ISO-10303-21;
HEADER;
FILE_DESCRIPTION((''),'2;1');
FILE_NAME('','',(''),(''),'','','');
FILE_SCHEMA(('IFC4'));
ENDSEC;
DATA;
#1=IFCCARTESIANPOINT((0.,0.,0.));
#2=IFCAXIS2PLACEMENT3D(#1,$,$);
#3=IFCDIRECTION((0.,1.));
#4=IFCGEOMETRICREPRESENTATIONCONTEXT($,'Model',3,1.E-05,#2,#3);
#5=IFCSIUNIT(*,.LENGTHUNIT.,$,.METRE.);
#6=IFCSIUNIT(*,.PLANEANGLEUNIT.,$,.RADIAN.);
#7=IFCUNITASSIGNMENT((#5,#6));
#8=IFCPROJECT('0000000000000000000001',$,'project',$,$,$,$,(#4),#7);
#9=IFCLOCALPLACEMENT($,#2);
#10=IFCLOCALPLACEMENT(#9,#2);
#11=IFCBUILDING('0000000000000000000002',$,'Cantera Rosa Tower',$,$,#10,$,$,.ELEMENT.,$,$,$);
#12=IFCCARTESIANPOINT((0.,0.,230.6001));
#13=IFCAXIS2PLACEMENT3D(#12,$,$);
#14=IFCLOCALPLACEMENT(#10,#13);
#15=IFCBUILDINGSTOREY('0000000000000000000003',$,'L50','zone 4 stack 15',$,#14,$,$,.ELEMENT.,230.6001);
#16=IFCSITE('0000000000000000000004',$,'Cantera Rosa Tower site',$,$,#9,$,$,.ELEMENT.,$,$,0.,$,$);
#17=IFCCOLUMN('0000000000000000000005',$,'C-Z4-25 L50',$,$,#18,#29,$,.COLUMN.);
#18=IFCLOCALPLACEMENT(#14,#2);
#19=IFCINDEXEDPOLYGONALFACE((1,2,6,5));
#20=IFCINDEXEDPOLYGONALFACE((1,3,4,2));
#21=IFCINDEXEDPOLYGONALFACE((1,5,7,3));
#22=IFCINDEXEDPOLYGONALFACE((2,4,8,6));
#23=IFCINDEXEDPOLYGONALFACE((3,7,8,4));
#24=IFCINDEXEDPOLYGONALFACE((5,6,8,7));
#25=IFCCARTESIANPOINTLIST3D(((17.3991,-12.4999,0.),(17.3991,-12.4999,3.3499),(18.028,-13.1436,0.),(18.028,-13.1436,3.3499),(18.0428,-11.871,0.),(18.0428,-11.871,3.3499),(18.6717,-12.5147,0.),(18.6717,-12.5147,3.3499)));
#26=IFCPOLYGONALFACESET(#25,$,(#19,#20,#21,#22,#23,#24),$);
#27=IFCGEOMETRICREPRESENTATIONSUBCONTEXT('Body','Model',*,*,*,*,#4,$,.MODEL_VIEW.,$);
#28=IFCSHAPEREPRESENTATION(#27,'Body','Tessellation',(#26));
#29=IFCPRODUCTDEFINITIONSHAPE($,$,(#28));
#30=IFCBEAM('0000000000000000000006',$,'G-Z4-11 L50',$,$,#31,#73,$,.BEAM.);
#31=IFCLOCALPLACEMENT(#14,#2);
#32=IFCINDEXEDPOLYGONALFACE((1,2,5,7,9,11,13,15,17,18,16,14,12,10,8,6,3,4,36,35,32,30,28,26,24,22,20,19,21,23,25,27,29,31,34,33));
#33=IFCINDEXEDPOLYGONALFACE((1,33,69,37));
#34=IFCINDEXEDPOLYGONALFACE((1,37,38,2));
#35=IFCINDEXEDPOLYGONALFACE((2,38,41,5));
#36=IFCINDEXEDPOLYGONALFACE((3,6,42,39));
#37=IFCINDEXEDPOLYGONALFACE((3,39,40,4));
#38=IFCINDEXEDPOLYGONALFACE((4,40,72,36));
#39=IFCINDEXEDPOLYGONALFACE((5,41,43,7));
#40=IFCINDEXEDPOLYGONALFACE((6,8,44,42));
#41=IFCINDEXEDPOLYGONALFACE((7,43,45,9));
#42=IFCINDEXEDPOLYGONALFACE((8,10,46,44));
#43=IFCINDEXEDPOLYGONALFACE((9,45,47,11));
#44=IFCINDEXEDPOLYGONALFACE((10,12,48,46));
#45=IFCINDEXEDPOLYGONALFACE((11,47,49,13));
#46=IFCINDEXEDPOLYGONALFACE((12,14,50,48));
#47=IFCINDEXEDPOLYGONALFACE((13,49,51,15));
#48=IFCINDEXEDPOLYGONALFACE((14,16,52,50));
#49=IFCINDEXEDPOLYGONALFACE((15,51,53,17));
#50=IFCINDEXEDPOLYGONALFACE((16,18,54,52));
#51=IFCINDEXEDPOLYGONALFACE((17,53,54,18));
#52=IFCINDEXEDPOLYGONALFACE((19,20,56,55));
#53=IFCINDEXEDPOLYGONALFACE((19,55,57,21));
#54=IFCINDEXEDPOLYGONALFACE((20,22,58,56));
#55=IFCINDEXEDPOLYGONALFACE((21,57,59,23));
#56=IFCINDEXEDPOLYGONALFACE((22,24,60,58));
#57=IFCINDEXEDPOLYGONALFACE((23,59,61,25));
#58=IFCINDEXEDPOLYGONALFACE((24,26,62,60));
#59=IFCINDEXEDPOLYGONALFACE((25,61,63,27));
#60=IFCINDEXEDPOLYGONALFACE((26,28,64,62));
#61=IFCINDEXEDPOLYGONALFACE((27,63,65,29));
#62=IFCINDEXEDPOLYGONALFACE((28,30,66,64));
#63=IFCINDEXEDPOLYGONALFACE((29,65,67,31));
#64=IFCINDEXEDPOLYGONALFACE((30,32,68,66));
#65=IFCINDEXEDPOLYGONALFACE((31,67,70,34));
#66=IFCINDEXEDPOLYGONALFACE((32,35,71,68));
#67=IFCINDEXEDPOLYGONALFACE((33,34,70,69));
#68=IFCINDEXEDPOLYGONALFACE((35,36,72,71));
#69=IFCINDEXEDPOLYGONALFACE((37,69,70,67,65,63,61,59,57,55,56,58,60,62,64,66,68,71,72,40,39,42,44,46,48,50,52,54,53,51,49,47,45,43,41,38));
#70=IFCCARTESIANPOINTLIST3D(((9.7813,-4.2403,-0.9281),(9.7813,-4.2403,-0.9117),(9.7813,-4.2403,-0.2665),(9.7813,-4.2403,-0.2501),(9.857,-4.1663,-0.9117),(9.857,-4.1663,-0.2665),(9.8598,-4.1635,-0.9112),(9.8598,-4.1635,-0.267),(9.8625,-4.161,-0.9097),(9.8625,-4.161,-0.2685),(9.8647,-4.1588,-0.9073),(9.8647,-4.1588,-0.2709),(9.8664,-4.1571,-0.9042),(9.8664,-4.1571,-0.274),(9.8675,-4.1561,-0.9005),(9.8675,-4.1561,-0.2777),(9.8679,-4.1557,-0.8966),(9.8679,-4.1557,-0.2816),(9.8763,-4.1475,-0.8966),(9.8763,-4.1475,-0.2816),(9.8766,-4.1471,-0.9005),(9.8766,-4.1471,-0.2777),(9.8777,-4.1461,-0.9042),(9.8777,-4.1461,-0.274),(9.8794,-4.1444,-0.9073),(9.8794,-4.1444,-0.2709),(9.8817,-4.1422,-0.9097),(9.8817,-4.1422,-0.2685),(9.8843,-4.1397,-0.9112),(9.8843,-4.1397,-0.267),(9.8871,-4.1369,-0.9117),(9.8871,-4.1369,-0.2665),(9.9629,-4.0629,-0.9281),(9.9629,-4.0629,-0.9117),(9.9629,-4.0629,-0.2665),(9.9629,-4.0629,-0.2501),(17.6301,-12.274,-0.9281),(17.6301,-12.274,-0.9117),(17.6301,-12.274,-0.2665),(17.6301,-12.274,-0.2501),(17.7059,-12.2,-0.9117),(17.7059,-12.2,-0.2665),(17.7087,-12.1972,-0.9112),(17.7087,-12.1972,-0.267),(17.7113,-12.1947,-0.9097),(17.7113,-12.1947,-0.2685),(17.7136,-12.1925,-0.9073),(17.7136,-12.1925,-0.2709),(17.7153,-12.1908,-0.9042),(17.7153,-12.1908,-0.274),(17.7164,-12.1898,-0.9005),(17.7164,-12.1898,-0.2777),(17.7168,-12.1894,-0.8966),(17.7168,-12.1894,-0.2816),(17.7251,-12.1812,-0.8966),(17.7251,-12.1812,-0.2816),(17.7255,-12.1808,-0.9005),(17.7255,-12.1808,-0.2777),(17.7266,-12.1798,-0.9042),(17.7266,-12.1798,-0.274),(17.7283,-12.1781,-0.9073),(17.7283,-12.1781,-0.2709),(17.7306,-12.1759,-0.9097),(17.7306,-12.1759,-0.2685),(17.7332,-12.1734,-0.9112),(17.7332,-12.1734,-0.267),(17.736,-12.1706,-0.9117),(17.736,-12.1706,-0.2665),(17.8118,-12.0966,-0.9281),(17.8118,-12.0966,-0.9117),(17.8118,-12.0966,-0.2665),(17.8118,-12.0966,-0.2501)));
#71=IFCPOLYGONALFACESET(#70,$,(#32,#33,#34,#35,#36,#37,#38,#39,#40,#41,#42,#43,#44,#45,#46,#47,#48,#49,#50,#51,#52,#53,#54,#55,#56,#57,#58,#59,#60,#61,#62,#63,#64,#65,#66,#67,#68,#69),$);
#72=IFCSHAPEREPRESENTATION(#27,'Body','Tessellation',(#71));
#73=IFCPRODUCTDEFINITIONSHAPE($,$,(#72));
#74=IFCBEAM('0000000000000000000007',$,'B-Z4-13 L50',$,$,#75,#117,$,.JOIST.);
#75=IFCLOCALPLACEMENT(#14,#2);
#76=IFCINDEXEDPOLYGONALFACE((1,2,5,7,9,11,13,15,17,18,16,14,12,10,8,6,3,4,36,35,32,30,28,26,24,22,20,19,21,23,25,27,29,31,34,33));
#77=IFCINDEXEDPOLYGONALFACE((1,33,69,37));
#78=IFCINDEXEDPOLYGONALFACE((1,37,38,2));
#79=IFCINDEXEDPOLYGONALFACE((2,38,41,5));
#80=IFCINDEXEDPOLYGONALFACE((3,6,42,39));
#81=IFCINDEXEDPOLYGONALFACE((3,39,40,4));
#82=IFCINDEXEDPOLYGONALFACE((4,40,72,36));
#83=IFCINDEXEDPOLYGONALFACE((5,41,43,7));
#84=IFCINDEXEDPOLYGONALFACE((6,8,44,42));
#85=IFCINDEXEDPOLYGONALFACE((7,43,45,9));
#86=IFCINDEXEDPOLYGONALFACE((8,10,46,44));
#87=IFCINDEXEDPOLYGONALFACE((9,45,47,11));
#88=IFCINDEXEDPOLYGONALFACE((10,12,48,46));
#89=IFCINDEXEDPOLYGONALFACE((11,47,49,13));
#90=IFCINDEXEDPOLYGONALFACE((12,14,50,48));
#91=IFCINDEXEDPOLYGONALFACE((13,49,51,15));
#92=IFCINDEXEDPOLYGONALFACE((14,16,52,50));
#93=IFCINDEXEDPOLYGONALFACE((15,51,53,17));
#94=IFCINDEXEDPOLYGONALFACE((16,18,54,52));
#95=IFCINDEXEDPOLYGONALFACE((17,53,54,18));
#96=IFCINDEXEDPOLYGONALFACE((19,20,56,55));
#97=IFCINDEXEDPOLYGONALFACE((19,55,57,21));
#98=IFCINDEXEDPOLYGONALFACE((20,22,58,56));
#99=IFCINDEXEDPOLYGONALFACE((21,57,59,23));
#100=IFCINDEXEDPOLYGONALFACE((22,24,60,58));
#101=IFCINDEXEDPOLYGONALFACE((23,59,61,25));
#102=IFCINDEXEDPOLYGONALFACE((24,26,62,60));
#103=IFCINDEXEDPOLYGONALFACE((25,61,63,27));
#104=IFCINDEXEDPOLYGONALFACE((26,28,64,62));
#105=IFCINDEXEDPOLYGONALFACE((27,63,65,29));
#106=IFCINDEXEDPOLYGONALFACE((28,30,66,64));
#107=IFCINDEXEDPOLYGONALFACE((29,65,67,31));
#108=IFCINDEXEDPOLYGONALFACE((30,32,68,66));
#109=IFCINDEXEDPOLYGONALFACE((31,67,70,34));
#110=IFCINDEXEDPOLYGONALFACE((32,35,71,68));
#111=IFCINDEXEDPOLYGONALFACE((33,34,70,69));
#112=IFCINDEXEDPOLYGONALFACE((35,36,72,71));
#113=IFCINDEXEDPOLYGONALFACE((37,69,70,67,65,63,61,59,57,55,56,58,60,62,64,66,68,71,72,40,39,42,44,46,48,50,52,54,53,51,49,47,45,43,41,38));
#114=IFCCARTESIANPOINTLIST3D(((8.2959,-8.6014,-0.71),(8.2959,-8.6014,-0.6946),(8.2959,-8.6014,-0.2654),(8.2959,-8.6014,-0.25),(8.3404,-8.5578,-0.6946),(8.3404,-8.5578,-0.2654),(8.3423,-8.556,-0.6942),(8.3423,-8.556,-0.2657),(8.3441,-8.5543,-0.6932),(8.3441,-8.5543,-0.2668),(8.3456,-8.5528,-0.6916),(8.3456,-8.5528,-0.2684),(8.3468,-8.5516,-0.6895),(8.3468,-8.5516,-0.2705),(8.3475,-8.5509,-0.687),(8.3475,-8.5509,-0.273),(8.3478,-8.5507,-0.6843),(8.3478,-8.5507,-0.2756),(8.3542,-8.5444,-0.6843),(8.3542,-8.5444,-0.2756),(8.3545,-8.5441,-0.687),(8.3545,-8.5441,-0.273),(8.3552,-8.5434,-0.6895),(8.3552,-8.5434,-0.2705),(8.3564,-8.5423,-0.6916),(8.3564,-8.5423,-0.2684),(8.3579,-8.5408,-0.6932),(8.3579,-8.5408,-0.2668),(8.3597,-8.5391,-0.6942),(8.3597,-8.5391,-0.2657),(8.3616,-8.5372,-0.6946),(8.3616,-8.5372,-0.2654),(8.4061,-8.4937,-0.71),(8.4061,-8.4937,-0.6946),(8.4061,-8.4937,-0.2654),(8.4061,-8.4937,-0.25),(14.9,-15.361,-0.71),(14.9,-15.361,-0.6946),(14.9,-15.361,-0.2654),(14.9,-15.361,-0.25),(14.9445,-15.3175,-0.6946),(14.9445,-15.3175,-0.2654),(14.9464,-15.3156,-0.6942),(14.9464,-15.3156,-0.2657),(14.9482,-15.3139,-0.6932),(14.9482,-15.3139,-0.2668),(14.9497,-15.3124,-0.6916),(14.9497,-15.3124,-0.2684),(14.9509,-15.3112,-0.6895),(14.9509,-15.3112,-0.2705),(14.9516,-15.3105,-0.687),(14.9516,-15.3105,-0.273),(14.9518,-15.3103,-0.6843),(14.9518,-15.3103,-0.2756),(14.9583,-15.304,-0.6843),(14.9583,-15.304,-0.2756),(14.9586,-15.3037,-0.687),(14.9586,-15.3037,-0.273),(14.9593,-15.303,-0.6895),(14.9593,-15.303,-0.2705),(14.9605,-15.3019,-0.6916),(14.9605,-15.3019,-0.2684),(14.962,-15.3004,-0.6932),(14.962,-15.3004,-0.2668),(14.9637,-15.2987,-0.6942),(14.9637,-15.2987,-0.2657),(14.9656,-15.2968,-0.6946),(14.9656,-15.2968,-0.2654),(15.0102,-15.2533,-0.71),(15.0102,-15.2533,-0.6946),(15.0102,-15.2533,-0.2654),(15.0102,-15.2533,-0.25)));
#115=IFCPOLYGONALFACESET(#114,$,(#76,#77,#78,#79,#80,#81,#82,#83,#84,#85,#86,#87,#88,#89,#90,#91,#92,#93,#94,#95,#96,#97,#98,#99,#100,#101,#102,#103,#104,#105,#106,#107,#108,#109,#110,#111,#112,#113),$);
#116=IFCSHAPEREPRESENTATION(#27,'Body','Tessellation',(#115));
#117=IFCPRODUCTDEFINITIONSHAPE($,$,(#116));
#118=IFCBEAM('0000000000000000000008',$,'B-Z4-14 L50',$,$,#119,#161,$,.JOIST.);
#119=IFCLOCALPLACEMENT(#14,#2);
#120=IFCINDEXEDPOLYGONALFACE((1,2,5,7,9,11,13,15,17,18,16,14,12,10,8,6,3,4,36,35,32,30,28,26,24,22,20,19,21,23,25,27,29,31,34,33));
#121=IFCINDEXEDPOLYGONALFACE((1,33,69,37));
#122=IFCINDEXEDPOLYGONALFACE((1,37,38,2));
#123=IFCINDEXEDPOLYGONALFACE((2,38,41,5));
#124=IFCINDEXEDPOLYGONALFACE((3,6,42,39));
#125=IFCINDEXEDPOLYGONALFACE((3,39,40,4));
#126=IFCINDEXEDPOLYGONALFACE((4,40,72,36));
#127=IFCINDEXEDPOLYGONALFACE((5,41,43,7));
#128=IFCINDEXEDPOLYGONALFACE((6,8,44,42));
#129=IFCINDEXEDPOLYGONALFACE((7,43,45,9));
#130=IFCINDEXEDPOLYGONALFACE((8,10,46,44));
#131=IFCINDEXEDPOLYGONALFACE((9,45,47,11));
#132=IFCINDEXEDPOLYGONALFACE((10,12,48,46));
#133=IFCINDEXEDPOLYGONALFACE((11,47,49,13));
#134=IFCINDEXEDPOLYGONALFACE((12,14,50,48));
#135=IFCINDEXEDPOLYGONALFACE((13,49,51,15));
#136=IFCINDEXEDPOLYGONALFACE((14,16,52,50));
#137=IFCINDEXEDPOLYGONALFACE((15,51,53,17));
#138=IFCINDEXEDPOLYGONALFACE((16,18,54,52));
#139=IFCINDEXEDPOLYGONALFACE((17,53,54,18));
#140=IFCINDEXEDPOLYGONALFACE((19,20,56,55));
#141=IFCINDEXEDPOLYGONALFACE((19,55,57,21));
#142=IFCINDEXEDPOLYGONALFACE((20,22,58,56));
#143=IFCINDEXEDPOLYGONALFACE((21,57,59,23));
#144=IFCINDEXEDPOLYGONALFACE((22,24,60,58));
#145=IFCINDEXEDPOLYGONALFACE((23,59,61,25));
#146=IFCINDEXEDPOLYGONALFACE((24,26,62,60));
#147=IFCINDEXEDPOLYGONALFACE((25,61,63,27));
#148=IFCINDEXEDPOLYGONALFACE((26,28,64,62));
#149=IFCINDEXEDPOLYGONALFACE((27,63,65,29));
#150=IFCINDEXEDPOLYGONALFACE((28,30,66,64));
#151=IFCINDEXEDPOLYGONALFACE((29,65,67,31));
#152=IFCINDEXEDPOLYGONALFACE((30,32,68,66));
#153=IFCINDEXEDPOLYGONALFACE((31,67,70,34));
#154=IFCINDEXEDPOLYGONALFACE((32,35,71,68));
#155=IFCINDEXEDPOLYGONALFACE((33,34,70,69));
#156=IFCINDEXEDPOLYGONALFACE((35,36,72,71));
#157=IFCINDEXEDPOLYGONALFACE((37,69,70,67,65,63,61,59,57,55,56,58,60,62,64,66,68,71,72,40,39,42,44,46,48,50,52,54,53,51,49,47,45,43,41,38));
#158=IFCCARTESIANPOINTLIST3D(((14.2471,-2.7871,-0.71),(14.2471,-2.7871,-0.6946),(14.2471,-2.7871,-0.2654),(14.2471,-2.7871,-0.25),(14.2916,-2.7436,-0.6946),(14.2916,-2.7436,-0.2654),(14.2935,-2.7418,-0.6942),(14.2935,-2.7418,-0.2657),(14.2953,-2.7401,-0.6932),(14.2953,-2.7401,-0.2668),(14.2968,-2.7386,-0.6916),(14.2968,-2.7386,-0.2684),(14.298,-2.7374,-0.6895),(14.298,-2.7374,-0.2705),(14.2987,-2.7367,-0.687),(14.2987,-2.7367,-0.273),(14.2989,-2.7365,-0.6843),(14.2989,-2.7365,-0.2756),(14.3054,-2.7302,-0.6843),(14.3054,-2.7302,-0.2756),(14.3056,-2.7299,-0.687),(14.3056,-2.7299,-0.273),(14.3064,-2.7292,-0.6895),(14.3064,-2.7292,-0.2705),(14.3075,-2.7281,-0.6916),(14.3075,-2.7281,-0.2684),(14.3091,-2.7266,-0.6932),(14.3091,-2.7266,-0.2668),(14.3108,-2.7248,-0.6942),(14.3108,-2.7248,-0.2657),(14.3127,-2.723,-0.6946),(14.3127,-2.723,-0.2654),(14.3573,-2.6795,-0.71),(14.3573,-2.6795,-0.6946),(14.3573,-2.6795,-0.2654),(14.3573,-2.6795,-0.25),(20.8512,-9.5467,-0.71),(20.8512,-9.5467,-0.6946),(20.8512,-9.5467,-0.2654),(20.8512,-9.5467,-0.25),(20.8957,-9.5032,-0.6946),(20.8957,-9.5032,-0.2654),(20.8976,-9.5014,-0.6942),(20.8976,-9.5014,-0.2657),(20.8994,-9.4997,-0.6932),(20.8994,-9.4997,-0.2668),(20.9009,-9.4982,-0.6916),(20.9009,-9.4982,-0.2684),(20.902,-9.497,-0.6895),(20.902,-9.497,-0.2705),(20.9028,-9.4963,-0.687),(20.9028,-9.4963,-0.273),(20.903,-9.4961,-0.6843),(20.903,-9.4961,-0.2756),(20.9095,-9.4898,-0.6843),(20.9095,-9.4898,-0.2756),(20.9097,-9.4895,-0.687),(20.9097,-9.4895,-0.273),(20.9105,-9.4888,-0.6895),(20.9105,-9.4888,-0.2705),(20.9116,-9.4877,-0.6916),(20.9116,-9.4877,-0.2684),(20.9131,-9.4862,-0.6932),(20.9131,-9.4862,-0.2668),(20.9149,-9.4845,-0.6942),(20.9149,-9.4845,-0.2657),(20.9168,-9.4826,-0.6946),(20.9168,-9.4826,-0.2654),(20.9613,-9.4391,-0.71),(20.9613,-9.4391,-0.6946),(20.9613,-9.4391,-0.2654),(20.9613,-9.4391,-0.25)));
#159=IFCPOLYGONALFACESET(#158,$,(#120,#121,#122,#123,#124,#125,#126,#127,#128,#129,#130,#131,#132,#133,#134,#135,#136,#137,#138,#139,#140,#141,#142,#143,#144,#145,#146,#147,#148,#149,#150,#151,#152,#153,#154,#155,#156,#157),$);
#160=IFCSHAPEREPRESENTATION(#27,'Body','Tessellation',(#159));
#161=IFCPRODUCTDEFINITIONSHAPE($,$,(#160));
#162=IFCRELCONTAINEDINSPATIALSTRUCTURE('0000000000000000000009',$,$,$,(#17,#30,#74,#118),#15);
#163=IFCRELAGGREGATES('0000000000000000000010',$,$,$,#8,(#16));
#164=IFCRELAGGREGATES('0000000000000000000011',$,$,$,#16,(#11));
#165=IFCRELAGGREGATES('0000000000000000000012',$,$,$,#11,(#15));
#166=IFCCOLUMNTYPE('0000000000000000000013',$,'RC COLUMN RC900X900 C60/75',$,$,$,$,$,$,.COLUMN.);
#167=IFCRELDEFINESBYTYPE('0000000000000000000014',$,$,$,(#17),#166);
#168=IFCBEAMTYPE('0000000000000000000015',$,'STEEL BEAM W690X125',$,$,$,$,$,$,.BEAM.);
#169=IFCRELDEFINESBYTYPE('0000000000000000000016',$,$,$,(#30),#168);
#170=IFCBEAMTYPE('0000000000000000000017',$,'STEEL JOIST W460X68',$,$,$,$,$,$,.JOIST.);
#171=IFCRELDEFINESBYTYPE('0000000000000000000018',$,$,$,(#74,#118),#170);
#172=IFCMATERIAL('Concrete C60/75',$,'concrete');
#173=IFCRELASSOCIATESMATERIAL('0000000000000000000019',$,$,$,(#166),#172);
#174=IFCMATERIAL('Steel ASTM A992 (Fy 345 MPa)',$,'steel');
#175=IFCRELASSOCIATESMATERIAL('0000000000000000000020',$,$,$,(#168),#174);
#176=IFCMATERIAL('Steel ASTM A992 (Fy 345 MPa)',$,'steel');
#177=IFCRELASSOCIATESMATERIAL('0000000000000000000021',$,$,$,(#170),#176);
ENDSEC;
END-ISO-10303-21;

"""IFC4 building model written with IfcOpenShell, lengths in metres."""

from ifc_helpers import new_model, si_unit, direction, frame, origin, origin_2d, place, context, subcontext, project, spatial, rectangle, i_section, extrude, material, material_profile, profile_set, type_object, element, save


model = new_model("IFC4")

# Units and contexts
model_context = context("Model", 3, precision=1e-05, world=origin(), true_north=direction((0.0, 1.0)))
body_context = subcontext(model_context, "Body", "Model", "MODEL_VIEW")
ifc_project = project(units=[si_unit("LENGTHUNIT", "METRE"), si_unit("PLANEANGLEUNIT", "RADIAN")], contexts=[model_context])

# Site, building, storey
site_placement = place(None, origin())
site = spatial("IfcSite", under=ifc_project, at=site_placement, Name="Cantera Rosa Tower site", CompositionType="ELEMENT", RefElevation=0.0)
building_placement = place(site_placement, origin())
building = spatial("IfcBuilding", under=site, at=building_placement, Name="Cantera Rosa Tower", CompositionType="ELEMENT")
storey_placement = place(building_placement, frame((0.0, 0.0, 230.6001)))
storey = spatial("IfcBuildingStorey", under=building, at=storey_placement, Name="L50", Description="zone 4 stack 15", CompositionType="ELEMENT", Elevation=230.6001)

# Column
ifc_material_1 = material(Name="Concrete C60/75", Category="concrete")
ifc_material_profile_1 = material_profile(ifc_material_1, rectangle(XDim=0.8999, YDim=0.8999, at=origin_2d()), Name="RC COLUMN RC900X900 C60/75")
ifc_profile_set_1 = profile_set([ifc_material_profile_1], Name="Concrete C60/75")
column_type = type_object("IfcColumnType", Name="RC COLUMN RC900X900 C60/75", PredefinedType="COLUMN", material=ifc_profile_set_1)
column_placement = place(storey_placement, frame((18.0354, -12.5073, 0.0), z_axis=(0.0, 0.0, 1.0), x_axis=(0.715286, 0.698832, 0.0)))
element("IfcColumn", 1, at=column_placement, inside=storey, type_object=column_type, Name="C-Z4-25 L50", PredefinedType="COLUMN", context=body_context, shape_type="SweptSolid", body=[
    extrude(rectangle(XDim=0.8999, YDim=0.8999, at=origin_2d()), origin(), (0.0, 0.0, 1.0), 3.3499),
])

# Beams
ifc_material_2 = material(Name="Steel ASTM A992 (Fy 345 MPa)", Category="steel")
ifc_material_profile_2 = material_profile(ifc_material_2, i_section(OverallWidth=0.2539, OverallDepth=0.678, WebThickness=0.0117, FlangeThickness=0.0164, FilletRadius=0.0151, at=origin_2d()), Name="W690X125")
ifc_profile_set_2 = profile_set([ifc_material_profile_2], Name="Steel ASTM A992 (Fy 345 MPa)")
beam_type_1 = type_object("IfcBeamType", Name="STEEL BEAM W690X125", PredefinedType="BEAM", material=ifc_profile_set_2)
beam_1_placement = place(storey_placement, frame((17.7209, -12.1853, -0.5891), z_axis=(-0.698831, 0.715286, 0.0), x_axis=(-0.715286, -0.698831, 0.0)))
element("IfcBeam", 2, at=beam_1_placement, inside=storey, type_object=beam_type_1, Name="G-Z4-11 L50", PredefinedType="BEAM", context=body_context, shape_type="SweptSolid", body=[
    extrude(i_section(OverallWidth=0.2539, OverallDepth=0.678, WebThickness=0.0117, FlangeThickness=0.0164, FilletRadius=0.0151, at=origin_2d()), origin(), (0.0, 0.0, 1.0), 11.2314),
])
ifc_material_3 = material(Name="Steel ASTM A992 (Fy 345 MPa)", Category="steel")
ifc_material_profile_3 = material_profile(ifc_material_3, i_section(OverallWidth=0.1541, OverallDepth=0.46, WebThickness=0.009, FlangeThickness=0.0154, FilletRadius=0.0103, at=origin_2d()), Name="W460X68")
ifc_profile_set_3 = profile_set([ifc_material_profile_3], Name="Steel ASTM A992 (Fy 345 MPa)")
beam_type_2 = type_object("IfcBeamType", Name="STEEL JOIST W460X68", PredefinedType="JOIST", material=ifc_profile_set_3)
for number, where, z_axis, x_axis, name in (
    (3, (14.9551, -15.3071, -0.48), (-0.698831, 0.715287, 0.0), (-0.715287, -0.698831, 0.0), "B-Z4-13 L50"),
    (4, (20.9062, -9.4929, -0.48), (-0.698831, 0.715287, 0.0), (-0.715287, -0.698831, 0.0), "B-Z4-14 L50"),
):
    element("IfcBeam", number, at=place(storey_placement, frame(where, z_axis=z_axis, x_axis=x_axis)), inside=storey, type_object=beam_type_2, Name=name, PredefinedType="JOIST", context=body_context, shape_type="SweptSolid", body=[
        extrude(i_section(OverallWidth=0.1541, OverallDepth=0.46, WebThickness=0.009, FlangeThickness=0.0154, FilletRadius=0.0103, at=origin_2d()), origin(), (0.0, 0.0, 1.0), 9.4502),
    ])

save(model, "model.ifc")
